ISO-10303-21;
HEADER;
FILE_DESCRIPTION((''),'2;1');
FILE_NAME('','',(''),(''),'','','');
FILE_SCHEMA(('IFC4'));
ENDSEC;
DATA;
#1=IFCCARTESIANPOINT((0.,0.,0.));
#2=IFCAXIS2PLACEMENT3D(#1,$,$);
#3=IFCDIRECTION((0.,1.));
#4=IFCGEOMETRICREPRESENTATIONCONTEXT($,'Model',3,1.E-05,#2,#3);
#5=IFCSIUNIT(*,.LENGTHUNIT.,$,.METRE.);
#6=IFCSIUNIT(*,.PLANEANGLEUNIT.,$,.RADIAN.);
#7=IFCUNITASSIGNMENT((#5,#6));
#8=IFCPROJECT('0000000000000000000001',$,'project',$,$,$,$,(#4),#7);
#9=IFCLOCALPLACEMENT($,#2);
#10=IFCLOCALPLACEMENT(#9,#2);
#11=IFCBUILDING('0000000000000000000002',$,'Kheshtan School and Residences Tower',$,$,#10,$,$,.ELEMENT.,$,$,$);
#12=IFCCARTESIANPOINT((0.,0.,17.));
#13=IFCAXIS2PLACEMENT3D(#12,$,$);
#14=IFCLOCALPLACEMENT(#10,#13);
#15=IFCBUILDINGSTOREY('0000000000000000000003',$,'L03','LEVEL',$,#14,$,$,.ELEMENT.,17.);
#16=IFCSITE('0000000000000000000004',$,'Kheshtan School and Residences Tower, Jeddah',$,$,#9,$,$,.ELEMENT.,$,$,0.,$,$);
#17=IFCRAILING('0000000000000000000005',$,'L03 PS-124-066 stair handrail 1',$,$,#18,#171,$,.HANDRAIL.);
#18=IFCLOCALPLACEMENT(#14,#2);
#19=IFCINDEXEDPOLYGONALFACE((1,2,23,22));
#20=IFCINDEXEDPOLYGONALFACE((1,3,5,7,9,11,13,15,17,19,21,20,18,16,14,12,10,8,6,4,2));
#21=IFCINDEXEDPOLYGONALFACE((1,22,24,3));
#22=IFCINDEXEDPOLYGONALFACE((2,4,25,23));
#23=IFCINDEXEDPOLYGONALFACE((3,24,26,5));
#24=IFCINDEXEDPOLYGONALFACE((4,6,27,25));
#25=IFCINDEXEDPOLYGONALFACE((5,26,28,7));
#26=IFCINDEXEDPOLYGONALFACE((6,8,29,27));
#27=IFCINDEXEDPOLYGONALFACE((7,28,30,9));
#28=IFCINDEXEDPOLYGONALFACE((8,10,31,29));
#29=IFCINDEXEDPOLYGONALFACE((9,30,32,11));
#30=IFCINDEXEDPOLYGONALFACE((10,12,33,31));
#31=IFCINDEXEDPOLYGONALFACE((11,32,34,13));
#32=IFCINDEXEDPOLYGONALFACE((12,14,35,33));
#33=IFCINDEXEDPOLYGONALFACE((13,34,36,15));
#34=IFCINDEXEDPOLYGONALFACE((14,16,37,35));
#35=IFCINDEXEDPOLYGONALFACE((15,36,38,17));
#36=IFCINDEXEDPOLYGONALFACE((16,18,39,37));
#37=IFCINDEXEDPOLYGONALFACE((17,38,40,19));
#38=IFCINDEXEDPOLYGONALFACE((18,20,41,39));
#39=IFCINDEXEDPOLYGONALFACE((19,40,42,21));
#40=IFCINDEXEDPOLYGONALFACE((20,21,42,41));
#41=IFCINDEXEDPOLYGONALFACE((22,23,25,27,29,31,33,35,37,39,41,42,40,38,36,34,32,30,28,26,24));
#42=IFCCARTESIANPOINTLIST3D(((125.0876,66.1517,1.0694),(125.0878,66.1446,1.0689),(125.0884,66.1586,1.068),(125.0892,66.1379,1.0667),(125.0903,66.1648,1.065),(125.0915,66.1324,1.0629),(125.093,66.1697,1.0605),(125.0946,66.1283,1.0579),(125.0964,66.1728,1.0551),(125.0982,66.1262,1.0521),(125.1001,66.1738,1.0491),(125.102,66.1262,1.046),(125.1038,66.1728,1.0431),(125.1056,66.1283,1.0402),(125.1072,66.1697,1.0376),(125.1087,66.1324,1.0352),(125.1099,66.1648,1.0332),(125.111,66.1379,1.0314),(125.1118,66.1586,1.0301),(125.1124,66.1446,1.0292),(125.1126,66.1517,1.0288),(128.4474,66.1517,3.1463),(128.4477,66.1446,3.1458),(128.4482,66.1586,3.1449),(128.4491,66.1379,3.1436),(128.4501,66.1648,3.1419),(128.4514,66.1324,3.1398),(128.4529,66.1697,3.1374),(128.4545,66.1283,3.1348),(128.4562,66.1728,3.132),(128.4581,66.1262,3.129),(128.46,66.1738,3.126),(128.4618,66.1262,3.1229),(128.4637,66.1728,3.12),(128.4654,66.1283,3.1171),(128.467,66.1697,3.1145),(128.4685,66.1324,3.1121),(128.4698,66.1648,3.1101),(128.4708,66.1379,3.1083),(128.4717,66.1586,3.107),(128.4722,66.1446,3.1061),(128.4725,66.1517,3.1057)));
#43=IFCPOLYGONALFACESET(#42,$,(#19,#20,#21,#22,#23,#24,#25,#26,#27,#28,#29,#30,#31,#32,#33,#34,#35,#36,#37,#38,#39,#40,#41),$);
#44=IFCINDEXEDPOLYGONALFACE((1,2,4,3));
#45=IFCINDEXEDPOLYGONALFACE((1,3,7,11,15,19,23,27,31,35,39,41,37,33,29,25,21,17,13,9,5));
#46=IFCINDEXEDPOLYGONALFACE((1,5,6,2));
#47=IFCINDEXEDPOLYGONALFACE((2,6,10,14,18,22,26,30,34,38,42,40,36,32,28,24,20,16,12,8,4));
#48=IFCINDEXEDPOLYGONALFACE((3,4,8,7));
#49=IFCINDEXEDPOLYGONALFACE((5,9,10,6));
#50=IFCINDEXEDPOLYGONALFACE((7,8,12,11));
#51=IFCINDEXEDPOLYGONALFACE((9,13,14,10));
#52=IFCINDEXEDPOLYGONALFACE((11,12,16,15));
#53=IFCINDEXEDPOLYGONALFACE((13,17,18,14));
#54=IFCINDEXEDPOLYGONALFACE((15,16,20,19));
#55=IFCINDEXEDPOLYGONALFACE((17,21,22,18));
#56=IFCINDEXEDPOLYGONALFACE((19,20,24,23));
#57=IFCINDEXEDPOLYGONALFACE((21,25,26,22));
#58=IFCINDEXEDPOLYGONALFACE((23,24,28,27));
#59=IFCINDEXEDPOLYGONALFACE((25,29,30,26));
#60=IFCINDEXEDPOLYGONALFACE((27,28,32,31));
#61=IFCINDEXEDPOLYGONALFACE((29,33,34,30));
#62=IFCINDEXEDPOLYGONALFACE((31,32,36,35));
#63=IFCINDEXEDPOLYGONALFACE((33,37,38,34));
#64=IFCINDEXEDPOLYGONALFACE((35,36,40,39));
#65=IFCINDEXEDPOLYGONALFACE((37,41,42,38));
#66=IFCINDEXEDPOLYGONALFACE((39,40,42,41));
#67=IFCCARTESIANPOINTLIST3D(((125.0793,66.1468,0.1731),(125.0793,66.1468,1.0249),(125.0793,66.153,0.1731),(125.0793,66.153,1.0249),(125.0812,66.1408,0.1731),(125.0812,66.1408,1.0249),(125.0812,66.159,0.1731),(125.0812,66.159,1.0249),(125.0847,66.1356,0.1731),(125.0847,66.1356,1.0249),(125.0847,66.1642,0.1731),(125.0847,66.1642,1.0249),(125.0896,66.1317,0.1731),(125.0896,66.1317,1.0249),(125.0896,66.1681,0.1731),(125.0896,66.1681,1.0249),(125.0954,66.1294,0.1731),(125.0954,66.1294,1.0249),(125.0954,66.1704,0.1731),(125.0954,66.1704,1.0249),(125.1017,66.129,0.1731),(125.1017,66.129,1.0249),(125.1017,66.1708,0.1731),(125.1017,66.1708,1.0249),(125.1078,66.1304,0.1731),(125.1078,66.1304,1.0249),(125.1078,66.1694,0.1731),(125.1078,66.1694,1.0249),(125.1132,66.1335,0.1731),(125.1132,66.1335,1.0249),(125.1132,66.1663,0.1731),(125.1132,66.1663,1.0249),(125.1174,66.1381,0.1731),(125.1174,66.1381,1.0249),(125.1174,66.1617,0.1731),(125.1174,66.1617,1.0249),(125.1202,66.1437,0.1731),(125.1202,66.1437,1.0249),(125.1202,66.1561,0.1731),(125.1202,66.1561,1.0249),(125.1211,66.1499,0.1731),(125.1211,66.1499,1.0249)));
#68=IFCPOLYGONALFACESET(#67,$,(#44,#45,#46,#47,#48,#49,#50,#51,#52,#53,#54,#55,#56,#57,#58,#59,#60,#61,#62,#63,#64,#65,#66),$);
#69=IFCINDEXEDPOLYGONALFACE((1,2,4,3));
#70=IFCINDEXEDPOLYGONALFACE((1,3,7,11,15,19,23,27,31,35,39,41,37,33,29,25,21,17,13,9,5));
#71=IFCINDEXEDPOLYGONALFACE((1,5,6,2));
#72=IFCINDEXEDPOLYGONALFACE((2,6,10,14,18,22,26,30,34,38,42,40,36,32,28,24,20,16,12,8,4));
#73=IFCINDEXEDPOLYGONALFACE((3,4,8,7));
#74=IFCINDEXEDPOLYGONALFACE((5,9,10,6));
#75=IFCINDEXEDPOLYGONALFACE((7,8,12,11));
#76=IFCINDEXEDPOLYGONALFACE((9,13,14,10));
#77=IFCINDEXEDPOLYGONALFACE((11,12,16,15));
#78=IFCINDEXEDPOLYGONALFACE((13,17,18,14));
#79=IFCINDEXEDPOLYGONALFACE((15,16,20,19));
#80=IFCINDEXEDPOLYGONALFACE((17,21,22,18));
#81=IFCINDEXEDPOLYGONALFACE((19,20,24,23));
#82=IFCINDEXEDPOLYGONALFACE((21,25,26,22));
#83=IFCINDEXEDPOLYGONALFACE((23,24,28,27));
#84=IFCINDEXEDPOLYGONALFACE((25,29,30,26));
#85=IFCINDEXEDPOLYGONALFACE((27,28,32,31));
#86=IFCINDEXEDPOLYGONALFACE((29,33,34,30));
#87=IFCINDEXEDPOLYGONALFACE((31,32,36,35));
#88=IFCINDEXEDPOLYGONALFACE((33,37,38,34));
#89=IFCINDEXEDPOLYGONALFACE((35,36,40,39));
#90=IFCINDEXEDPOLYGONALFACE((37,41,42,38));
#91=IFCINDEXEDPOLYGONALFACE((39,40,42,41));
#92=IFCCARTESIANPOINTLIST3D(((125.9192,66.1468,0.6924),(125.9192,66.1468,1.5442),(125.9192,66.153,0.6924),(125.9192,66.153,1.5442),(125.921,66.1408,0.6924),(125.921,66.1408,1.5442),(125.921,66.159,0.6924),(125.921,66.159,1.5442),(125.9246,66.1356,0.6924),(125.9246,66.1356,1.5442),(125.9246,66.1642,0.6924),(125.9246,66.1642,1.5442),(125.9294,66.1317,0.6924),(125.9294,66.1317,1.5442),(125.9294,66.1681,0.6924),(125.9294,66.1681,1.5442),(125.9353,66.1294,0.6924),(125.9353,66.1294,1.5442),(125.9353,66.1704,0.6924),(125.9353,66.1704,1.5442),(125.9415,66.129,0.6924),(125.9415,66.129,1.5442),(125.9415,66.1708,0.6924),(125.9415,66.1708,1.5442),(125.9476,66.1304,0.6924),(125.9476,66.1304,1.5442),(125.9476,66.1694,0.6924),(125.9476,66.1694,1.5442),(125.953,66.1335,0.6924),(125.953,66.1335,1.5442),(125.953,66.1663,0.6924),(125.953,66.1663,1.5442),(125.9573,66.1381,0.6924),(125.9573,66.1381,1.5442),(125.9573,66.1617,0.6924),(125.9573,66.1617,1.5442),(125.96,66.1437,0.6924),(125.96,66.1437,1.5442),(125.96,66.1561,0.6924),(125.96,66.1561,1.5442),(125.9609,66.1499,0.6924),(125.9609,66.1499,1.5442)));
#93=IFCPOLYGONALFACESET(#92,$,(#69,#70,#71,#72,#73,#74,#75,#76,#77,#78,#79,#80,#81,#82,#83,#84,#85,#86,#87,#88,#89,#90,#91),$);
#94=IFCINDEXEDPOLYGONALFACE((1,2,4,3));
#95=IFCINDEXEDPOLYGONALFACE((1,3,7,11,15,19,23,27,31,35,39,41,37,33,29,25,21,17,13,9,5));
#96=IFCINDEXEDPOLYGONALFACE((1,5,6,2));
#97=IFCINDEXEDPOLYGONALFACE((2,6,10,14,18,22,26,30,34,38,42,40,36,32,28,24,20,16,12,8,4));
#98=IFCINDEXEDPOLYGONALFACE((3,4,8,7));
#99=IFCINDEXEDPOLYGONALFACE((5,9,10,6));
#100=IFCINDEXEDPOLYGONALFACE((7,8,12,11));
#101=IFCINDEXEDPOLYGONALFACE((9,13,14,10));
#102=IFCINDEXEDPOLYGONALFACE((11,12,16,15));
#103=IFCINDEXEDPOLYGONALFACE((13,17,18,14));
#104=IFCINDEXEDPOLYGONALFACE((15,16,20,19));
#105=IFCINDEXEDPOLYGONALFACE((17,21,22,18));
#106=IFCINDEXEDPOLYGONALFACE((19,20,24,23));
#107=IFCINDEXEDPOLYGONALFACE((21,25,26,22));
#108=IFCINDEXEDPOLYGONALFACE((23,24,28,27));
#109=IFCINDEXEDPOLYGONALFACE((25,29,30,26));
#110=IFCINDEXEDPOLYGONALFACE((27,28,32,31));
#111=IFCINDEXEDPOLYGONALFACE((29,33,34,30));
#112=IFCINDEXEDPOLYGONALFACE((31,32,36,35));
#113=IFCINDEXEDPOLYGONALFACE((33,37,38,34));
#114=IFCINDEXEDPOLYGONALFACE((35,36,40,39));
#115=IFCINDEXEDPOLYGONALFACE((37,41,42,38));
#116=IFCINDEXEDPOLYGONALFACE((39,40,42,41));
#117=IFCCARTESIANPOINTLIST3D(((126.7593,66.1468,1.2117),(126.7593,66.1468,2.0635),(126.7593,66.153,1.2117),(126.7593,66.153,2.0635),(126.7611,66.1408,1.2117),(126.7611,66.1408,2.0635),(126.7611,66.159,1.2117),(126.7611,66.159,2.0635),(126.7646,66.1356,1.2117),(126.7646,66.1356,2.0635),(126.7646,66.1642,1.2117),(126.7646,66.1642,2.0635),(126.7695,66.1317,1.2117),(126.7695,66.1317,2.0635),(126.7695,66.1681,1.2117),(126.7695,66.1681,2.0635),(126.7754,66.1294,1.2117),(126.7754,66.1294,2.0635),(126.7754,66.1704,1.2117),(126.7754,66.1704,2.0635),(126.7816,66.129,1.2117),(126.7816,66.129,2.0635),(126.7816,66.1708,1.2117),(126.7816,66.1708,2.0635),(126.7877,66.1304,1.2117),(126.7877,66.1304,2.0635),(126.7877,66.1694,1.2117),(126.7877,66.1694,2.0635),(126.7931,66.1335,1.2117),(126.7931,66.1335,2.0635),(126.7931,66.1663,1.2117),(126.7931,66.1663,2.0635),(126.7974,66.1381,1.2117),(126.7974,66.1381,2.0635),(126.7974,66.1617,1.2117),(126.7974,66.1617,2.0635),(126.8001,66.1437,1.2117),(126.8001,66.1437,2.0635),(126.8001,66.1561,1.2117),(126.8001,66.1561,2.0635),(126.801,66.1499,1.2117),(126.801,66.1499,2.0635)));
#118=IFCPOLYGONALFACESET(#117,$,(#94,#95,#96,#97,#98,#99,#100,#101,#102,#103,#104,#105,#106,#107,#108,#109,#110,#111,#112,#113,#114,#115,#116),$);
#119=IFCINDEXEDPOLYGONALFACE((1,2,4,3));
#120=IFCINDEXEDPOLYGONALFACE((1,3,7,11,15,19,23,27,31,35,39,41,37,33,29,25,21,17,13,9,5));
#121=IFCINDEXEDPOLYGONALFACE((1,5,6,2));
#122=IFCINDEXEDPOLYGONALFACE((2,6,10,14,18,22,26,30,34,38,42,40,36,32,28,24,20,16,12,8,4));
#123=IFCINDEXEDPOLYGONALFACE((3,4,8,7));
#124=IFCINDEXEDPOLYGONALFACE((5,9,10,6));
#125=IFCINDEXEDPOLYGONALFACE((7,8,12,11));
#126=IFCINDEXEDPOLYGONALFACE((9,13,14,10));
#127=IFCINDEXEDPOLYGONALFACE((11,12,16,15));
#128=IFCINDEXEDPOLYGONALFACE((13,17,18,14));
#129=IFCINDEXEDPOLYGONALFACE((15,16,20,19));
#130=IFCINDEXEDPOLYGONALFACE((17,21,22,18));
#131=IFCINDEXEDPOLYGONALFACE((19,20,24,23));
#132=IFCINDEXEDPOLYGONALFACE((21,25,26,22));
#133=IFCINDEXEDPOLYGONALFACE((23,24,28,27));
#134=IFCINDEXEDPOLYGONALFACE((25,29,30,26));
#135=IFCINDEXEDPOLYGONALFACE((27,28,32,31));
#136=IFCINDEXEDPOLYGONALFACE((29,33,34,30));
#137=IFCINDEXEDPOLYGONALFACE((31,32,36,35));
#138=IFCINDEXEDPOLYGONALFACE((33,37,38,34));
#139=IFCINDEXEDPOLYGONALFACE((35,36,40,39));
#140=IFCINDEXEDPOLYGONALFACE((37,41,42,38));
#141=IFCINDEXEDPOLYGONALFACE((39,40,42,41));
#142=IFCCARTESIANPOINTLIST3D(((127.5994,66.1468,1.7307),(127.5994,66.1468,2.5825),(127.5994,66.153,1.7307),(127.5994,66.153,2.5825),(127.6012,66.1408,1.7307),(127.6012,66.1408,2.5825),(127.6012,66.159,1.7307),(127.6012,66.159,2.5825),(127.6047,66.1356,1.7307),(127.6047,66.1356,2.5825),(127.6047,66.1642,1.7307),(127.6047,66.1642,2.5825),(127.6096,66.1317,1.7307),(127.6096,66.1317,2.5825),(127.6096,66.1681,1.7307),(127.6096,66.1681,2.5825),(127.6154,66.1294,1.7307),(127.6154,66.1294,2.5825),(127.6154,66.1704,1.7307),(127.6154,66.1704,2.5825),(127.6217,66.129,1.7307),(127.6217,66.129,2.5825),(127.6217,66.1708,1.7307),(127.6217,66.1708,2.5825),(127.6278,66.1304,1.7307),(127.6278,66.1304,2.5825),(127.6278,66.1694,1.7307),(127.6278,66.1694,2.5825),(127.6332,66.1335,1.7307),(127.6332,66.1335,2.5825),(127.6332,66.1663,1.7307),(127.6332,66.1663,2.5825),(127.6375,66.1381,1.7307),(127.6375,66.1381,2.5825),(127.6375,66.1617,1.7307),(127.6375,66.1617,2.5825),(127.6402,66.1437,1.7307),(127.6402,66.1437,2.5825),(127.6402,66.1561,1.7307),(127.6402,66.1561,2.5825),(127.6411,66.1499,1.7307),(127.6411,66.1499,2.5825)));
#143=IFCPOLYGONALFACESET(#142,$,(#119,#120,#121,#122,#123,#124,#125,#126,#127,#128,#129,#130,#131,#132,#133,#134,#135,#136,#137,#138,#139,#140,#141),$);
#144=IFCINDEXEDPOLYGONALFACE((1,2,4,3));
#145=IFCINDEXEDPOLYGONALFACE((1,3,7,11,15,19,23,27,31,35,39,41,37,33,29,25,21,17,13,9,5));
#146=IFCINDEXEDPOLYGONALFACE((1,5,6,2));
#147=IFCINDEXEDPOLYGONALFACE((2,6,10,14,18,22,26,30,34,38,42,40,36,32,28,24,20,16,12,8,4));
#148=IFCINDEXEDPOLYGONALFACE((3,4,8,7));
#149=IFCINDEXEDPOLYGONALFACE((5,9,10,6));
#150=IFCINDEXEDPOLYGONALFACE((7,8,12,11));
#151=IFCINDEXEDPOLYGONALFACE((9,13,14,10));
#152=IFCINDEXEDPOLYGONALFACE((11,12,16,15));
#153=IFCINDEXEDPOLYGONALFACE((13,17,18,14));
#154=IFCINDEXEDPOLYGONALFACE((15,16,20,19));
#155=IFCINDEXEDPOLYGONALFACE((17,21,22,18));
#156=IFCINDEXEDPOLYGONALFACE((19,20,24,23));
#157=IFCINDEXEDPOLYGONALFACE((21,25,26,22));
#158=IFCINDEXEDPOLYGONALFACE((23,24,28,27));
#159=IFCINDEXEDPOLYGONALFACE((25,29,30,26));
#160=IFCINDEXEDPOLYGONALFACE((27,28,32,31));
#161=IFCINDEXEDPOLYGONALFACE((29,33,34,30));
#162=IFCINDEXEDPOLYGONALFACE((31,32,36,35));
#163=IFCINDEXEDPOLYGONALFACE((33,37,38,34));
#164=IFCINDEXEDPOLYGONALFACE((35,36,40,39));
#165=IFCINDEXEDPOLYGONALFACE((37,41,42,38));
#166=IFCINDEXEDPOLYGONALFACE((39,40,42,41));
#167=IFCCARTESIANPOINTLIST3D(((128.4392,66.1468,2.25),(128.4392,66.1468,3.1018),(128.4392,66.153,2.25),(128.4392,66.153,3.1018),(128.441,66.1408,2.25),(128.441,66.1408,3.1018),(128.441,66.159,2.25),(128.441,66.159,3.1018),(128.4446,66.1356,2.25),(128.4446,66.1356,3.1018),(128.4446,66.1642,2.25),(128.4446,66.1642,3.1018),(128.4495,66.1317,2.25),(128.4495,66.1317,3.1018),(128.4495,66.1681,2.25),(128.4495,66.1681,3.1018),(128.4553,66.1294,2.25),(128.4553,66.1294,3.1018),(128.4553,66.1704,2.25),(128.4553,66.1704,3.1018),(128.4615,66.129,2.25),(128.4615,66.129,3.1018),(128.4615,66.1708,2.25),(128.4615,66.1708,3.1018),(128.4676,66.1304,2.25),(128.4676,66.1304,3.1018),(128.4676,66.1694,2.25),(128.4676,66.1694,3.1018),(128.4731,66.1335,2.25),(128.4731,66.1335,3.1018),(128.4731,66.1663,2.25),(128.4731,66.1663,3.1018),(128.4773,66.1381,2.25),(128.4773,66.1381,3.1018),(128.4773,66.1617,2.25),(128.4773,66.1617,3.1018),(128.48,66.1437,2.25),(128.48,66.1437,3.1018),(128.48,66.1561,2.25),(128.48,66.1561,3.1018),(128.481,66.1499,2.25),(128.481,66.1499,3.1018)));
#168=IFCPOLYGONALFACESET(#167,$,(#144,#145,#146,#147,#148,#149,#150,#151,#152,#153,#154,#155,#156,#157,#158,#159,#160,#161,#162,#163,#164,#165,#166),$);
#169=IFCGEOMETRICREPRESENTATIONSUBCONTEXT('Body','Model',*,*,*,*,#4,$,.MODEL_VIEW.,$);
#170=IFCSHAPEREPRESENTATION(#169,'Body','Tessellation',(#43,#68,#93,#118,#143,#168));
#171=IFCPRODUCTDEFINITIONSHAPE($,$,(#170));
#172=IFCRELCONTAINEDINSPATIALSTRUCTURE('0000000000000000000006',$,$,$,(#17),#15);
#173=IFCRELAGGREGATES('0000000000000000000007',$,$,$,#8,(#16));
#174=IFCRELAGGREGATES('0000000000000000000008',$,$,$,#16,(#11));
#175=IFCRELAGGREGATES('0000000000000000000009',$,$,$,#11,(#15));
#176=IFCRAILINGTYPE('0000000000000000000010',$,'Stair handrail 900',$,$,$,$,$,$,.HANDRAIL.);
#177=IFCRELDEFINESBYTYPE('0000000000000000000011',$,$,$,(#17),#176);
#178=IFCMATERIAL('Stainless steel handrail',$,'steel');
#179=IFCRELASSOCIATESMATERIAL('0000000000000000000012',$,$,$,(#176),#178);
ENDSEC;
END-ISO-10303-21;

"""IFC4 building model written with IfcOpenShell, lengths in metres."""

from ifc_helpers import new_model, si_unit, direction, frame, origin, origin_2d, place, context, subcontext, project, spatial, circle, extrude, material, type_object, element, save


model = new_model("IFC4")

# Units and contexts
model_context = context("Model", 3, precision=1e-05, world=origin(), true_north=direction((0.0, 1.0)))
body_context = subcontext(model_context, "Body", "Model", "MODEL_VIEW")
ifc_project = project(units=[si_unit("LENGTHUNIT", "METRE"), si_unit("PLANEANGLEUNIT", "RADIAN")], contexts=[model_context])

# Site, building, storey
site_placement = place(None, origin())
site = spatial("IfcSite", under=ifc_project, at=site_placement, Name="Kheshtan School and Residences Tower, Jeddah", CompositionType="ELEMENT", RefElevation=0.0)
building_placement = place(site_placement, origin())
building = spatial("IfcBuilding", under=site, at=building_placement, Name="Kheshtan School and Residences Tower", CompositionType="ELEMENT")
storey_placement = place(building_placement, frame((0.0, 0.0, 17.0)))
storey = spatial("IfcBuildingStorey", under=building, at=storey_placement, Name="L03", Description="LEVEL", CompositionType="ELEMENT", Elevation=17.0)

# Railing
ifc_material_1 = material(Name="Stainless steel handrail", Category="steel")
railing_type_1 = type_object("IfcRailingType", Name="Stair handrail 900", PredefinedType="HANDRAIL", material=ifc_material_1)
railing_1_placement = place(storey_placement, frame((125.1001, 66.1499, 0.1731)))
element("IfcRailing", 1, at=railing_1_placement, inside=storey, type_object=railing_type_1, Name="L03 PS-124-066 stair handrail 1", PredefinedType="HANDRAIL", context=body_context, shape_type="SweptSolid", body=[
    extrude(circle(Radius=0.0239, at=origin_2d()), frame((0.0, 0.0, 0.876), z_axis=(0.850606, 0.0, 0.525803), x_axis=(0.0, 1.0, 0.0)), (0.0, 0.0, 1.0), 3.95),
    extrude(circle(Radius=0.021, at=origin_2d()), origin(), (0.0, 0.0, 1.0), 0.8518),
    extrude(circle(Radius=0.021, at=origin_2d()), frame((0.8398, 0.0, 0.5193)), (0.0, 0.0, 1.0), 0.8518),
    extrude(circle(Radius=0.021, at=origin_2d()), frame((1.6799, 0.0, 1.0386)), (0.0, 0.0, 1.0), 0.8518),
    extrude(circle(Radius=0.021, at=origin_2d()), frame((2.52, 0.0, 1.5576)), (0.0, 0.0, 1.0), 0.8518),
    extrude(circle(Radius=0.021, at=origin_2d()), frame((3.3599, 0.0, 2.0769)), (0.0, 0.0, 1.0), 0.8518),
])

save(model, "model.ifc")
